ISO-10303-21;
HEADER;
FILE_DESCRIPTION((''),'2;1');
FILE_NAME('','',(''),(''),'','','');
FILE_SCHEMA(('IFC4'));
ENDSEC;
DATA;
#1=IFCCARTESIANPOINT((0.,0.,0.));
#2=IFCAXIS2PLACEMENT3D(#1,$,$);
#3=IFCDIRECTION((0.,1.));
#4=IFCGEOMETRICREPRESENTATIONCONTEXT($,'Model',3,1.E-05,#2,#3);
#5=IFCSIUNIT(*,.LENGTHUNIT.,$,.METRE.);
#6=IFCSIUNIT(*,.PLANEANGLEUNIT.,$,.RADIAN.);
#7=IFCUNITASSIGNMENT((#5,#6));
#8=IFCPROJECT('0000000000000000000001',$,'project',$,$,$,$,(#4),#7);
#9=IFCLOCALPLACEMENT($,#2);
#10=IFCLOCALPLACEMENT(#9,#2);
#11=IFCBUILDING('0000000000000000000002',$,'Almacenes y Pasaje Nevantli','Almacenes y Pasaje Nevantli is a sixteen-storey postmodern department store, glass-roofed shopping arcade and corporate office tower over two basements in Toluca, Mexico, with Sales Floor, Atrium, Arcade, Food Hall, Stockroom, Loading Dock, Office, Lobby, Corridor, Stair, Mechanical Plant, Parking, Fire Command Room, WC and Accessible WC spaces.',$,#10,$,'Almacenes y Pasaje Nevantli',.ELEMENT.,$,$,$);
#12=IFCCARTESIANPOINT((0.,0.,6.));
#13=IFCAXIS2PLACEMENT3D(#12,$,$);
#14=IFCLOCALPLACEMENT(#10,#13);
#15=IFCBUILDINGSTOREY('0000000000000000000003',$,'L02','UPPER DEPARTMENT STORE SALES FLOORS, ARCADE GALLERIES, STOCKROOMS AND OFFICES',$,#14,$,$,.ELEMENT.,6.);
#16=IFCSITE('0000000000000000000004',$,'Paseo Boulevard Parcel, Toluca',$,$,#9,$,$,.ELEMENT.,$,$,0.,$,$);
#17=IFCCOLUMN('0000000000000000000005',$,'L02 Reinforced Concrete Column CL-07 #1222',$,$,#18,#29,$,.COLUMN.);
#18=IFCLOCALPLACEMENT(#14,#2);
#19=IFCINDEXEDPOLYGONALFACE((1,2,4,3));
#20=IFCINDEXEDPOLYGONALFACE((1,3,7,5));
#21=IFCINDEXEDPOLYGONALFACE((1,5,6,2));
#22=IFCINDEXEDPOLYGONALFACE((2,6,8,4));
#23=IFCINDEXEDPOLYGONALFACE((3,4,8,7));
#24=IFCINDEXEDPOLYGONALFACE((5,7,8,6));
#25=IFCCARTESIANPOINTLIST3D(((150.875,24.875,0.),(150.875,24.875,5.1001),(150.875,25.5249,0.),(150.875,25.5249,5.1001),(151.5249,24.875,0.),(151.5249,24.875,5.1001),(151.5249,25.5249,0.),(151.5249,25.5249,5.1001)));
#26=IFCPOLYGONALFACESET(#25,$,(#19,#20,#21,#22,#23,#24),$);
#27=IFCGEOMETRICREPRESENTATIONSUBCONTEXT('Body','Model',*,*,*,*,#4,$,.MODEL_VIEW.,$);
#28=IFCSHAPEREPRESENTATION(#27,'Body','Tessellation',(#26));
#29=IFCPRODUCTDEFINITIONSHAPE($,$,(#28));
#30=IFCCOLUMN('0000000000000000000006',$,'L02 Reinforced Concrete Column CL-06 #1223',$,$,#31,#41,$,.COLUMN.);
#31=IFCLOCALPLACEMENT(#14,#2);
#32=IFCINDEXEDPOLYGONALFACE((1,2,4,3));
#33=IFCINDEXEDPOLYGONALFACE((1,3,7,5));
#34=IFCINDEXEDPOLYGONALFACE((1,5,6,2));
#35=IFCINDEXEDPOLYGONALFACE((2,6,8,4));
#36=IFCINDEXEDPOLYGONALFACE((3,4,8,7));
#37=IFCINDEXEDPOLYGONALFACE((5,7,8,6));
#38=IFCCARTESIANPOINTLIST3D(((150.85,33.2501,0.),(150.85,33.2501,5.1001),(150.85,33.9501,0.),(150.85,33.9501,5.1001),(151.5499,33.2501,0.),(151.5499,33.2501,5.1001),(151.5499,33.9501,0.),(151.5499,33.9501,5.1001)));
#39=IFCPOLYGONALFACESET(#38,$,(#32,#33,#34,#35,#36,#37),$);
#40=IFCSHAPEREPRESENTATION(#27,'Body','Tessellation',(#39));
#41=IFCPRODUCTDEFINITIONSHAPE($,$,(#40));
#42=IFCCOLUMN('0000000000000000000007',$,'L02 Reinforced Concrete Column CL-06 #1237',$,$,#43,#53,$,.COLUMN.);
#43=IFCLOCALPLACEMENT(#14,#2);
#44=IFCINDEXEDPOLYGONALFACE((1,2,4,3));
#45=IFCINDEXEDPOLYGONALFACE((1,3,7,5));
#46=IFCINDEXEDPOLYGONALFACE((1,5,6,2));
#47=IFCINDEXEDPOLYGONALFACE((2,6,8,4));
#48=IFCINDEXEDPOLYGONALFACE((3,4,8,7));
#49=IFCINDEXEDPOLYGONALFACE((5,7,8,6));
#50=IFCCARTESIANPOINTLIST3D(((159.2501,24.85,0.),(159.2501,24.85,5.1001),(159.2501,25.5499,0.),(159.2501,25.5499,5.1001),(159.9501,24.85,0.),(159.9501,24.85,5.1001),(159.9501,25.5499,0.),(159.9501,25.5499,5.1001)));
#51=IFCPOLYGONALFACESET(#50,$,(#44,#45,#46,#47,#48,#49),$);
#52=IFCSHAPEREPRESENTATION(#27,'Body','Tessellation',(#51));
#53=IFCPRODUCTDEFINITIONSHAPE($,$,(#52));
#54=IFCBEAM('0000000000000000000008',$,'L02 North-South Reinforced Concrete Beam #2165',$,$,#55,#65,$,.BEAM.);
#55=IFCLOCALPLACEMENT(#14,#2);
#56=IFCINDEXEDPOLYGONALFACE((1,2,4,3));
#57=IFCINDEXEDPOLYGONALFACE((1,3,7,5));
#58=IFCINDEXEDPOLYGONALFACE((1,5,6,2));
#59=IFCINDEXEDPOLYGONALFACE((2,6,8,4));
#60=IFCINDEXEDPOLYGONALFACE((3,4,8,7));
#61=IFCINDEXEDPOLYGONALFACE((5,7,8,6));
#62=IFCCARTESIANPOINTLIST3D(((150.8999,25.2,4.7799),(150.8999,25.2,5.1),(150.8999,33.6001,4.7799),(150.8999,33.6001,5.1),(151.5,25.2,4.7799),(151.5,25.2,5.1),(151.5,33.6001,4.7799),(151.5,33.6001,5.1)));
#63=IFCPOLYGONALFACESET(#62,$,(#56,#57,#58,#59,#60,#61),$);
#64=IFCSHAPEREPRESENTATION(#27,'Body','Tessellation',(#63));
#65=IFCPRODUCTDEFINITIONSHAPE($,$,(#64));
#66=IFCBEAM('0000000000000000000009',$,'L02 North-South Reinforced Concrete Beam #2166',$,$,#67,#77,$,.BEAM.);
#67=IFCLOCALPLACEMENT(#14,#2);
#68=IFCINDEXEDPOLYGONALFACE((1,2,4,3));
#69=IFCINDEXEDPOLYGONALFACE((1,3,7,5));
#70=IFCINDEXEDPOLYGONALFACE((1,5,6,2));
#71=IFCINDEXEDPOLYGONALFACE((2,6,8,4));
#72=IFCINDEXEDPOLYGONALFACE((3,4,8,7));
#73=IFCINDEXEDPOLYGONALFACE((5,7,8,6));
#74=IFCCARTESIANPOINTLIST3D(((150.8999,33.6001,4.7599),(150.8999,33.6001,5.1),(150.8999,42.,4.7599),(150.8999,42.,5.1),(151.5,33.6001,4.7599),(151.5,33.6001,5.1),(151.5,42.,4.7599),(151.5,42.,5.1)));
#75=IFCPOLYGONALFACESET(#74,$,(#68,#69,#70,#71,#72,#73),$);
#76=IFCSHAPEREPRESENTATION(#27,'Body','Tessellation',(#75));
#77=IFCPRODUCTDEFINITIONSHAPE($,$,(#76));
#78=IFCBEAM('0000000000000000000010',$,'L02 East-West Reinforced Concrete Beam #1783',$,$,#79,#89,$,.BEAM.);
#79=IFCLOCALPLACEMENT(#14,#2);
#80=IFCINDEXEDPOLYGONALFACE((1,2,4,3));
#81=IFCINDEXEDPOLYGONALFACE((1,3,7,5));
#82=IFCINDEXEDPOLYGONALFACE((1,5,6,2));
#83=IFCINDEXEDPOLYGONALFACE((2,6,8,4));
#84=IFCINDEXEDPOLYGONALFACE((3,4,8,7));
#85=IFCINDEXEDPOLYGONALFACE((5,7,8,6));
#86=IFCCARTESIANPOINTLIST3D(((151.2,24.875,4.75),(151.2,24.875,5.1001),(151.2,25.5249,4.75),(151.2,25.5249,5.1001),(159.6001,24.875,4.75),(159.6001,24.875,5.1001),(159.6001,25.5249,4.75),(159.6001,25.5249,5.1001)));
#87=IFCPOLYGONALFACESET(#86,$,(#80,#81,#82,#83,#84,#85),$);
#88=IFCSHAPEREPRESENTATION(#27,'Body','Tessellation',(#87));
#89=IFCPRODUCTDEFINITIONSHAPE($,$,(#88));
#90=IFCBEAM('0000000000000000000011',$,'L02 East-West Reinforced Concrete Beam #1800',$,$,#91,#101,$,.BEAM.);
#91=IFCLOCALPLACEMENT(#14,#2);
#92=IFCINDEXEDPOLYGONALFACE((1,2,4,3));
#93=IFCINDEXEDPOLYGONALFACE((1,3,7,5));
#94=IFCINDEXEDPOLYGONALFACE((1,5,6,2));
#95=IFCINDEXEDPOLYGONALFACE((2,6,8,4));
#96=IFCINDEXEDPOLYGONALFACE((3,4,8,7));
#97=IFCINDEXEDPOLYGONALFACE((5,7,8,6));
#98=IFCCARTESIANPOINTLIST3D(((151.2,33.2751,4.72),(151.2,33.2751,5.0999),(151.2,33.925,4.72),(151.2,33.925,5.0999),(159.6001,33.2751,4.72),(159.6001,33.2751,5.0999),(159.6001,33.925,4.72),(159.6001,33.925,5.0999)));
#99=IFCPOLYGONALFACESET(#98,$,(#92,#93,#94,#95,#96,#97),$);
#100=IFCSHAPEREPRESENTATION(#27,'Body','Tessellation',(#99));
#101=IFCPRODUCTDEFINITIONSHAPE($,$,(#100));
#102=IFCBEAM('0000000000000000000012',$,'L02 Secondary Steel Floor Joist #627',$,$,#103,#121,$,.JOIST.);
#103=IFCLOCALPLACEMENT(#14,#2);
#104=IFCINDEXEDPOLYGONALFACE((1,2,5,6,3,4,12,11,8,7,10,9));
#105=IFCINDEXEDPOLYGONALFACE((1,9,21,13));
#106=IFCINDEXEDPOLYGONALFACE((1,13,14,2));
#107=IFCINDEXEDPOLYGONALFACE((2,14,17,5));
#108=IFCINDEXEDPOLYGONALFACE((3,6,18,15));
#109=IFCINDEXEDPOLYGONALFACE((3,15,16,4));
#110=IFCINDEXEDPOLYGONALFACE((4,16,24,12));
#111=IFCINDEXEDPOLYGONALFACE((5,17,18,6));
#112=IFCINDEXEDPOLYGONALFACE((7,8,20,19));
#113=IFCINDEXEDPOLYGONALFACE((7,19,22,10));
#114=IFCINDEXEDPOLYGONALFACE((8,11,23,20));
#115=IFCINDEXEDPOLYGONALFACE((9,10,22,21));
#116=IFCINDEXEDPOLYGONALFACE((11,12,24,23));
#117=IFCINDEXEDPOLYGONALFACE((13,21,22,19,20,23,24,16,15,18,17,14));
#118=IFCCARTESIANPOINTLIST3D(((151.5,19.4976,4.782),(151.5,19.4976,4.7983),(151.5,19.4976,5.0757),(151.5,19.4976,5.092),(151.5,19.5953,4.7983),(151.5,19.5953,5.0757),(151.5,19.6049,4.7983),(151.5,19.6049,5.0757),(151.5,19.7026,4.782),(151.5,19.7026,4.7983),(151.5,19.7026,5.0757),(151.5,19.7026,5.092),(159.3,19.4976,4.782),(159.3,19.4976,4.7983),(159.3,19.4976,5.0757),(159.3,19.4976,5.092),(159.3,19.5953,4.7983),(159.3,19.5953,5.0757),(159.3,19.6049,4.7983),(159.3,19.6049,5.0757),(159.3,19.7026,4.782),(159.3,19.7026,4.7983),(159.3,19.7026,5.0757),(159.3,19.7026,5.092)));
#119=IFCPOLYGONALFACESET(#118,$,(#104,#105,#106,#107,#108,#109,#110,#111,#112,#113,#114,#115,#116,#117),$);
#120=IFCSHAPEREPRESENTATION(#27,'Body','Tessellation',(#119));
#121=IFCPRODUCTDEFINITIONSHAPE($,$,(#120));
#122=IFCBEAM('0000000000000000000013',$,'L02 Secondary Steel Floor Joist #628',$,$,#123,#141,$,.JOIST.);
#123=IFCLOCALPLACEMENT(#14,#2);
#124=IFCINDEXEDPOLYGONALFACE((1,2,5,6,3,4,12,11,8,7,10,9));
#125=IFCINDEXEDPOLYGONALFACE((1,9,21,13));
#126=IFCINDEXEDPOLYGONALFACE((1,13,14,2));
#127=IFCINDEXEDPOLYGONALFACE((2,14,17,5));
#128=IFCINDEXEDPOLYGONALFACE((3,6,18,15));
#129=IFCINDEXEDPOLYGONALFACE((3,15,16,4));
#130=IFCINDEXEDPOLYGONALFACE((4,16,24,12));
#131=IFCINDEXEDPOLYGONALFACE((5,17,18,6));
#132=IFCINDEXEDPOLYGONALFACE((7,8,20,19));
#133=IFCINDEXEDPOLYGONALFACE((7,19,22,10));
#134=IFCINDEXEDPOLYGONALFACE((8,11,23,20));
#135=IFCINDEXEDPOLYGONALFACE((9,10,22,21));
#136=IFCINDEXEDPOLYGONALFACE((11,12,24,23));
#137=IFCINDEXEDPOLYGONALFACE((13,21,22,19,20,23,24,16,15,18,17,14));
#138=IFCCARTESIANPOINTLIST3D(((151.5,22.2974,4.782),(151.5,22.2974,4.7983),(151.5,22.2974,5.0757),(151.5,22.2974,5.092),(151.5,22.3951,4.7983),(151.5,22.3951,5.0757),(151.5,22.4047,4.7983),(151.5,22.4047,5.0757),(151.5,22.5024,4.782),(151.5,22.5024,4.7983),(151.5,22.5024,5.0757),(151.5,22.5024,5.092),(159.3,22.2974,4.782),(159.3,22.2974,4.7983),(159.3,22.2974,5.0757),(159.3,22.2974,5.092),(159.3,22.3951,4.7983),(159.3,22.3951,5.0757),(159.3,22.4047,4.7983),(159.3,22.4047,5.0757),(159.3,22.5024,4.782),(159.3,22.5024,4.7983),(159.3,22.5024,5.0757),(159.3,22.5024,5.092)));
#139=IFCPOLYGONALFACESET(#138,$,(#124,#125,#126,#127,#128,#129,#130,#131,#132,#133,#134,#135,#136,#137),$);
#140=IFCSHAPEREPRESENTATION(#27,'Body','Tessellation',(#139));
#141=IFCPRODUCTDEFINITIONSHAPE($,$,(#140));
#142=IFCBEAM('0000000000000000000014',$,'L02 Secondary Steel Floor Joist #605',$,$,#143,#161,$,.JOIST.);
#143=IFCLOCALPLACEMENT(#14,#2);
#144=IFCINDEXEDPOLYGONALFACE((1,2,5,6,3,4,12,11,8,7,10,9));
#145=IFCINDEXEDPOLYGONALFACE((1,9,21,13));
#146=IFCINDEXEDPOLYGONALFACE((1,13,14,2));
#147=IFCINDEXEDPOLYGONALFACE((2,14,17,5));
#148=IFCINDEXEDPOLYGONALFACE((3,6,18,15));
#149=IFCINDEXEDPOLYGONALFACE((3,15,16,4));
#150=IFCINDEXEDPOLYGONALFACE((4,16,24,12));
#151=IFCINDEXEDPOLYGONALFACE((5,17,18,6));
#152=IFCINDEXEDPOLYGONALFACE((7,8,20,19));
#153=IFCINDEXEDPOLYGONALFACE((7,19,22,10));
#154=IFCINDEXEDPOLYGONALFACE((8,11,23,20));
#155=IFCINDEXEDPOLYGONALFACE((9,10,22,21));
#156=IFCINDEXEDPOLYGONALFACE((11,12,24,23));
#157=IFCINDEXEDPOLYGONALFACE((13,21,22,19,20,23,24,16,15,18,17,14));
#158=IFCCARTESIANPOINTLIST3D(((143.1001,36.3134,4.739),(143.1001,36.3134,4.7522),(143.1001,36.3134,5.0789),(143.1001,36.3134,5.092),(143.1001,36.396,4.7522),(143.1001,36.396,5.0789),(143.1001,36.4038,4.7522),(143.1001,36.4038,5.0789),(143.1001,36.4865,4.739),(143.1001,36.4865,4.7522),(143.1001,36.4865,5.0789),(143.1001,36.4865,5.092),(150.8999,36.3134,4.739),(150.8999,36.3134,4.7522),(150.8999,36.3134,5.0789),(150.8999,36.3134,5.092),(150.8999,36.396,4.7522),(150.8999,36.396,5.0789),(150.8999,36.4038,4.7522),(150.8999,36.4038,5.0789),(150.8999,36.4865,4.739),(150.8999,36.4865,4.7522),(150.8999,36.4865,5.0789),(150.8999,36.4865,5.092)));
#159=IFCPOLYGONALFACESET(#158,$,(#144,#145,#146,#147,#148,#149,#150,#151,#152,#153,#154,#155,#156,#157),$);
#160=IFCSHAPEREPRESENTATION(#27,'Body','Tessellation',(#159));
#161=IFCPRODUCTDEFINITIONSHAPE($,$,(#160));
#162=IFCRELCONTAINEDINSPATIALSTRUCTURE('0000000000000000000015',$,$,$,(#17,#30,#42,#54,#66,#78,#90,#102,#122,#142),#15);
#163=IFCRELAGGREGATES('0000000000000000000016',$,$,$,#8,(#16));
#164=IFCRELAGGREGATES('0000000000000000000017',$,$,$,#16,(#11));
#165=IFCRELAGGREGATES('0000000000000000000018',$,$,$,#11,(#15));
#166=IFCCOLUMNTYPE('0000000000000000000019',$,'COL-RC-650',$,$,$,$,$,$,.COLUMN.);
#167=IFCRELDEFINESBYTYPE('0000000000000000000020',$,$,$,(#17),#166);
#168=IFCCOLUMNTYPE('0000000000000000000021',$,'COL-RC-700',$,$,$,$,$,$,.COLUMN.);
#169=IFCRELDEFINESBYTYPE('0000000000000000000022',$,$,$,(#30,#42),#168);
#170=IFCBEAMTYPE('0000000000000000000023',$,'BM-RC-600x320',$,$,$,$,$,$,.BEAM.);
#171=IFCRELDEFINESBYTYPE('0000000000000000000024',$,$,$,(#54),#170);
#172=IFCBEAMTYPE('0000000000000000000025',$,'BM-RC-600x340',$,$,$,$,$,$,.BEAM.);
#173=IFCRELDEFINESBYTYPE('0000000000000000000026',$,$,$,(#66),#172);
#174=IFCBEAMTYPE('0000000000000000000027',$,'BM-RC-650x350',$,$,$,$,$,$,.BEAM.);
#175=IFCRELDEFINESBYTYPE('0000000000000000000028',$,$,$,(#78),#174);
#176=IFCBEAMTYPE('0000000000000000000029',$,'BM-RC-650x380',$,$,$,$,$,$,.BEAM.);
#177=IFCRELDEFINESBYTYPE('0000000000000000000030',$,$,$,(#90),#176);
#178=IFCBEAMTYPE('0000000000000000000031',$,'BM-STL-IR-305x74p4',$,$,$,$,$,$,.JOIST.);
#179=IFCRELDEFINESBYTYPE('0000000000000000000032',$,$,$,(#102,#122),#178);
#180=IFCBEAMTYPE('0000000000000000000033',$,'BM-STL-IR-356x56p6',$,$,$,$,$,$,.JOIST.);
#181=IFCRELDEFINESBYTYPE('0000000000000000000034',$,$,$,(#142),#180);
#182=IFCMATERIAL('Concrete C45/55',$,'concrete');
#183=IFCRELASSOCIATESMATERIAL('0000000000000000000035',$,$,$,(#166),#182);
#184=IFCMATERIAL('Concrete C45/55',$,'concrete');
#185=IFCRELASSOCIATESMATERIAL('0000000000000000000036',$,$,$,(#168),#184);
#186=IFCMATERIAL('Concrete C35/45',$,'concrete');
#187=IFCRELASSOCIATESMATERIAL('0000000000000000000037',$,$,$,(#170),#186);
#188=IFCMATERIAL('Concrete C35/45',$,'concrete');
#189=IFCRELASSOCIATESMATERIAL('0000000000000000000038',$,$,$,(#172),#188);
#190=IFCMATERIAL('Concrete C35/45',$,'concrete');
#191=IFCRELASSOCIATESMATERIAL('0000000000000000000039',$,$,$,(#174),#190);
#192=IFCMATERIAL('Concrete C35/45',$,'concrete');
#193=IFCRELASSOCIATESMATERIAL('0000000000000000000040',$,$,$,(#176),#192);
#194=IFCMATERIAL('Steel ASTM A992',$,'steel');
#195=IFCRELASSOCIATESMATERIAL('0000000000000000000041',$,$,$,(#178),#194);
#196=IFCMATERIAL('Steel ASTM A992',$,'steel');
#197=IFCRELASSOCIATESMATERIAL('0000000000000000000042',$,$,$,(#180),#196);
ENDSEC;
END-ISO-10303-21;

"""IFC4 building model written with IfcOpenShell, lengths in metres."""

from ifc_helpers import new_model, si_unit, direction, frame, origin, origin_2d, place, context, subcontext, project, spatial, rectangle, i_section, extrude, material, material_profile, profile_set, type_object, element, save


model = new_model("IFC4")

# Units and contexts
model_context = context("Model", 3, precision=1e-05, world=origin(), true_north=direction((0.0, 1.0)))
body_context = subcontext(model_context, "Body", "Model", "MODEL_VIEW")
ifc_project = project(units=[si_unit("LENGTHUNIT", "METRE"), si_unit("PLANEANGLEUNIT", "RADIAN")], contexts=[model_context])

# Site, building, storey
site_placement = place(None, origin())
site = spatial("IfcSite", under=ifc_project, at=site_placement, Name="Paseo Boulevard Parcel, Toluca", CompositionType="ELEMENT", RefElevation=0.0)
building_placement = place(site_placement, origin())
building = spatial("IfcBuilding", under=site, at=building_placement, Name="Almacenes y Pasaje Nevantli", Description="Almacenes y Pasaje Nevantli is a sixteen-storey postmodern department store, glass-roofed shopping arcade and corporate office tower over two basements in Toluca, Mexico, with Sales Floor, Atrium, Arcade, Food Hall, Stockroom, Loading Dock, Office, Lobby, Corridor, Stair, Mechanical Plant, Parking, Fire Command Room, WC and Accessible WC spaces.", LongName="Almacenes y Pasaje Nevantli", CompositionType="ELEMENT")
storey_placement = place(building_placement, frame((0.0, 0.0, 6.0)))
storey = spatial("IfcBuildingStorey", under=building, at=storey_placement, Name="L02", Description="UPPER DEPARTMENT STORE SALES FLOORS, ARCADE GALLERIES, STOCKROOMS AND OFFICES", CompositionType="ELEMENT", Elevation=6.0)

# Columns
ifc_material_1 = material(Name="Concrete C45/55", Category="concrete")
ifc_material_profile_1 = material_profile(ifc_material_1, rectangle(XDim=0.6499, YDim=0.6499, at=origin_2d()), Name="RC-COL-650x650")
ifc_profile_set_1 = profile_set([ifc_material_profile_1], Name="Concrete C45/55")
column_type_1 = type_object("IfcColumnType", Name="COL-RC-650", PredefinedType="COLUMN", material=ifc_profile_set_1)
column_placement = place(storey_placement, frame((151.2, 25.2, 0.0), z_axis=(0.0, 0.0, 1.0), x_axis=(1.0, 0.0, 0.0)))
element("IfcColumn", 1, at=column_placement, inside=storey, type_object=column_type_1, Name="L02 Reinforced Concrete Column CL-07 #1222", PredefinedType="COLUMN", context=body_context, shape_type="SweptSolid", body=[
    extrude(rectangle(XDim=0.6499, YDim=0.6499, at=origin_2d()), origin(), (0.0, 0.0, 1.0), 5.1001),
])
ifc_material_2 = material(Name="Concrete C45/55", Category="concrete")
ifc_material_profile_2 = material_profile(ifc_material_2, rectangle(XDim=0.7, YDim=0.7, at=origin_2d()), Name="RC-COL-700x700")
ifc_profile_set_2 = profile_set([ifc_material_profile_2], Name="Concrete C45/55")
column_type_2 = type_object("IfcColumnType", Name="COL-RC-700", PredefinedType="COLUMN", material=ifc_profile_set_2)
for number, where, z_axis, x_axis, name in (
    (2, (151.2, 33.6001, 0.0), (0.0, 0.0, 1.0), (1.0, 0.0, 0.0), "L02 Reinforced Concrete Column CL-06 #1223"),
    (3, (159.6001, 25.2, 0.0), (0.0, 0.0, 1.0), (1.0, 0.0, 0.0), "L02 Reinforced Concrete Column CL-06 #1237"),
):
    element("IfcColumn", number, at=place(storey_placement, frame(where, z_axis=z_axis, x_axis=x_axis)), inside=storey, type_object=column_type_2, Name=name, PredefinedType="COLUMN", context=body_context, shape_type="SweptSolid", body=[
        extrude(rectangle(XDim=0.7, YDim=0.7, at=origin_2d()), origin(), (0.0, 0.0, 1.0), 5.1001),
    ])

# Beams
ifc_material_3 = material(Name="Concrete C35/45", Category="concrete")
ifc_material_profile_3 = material_profile(ifc_material_3, rectangle(XDim=0.6001, YDim=0.3201, at=origin_2d()), Name="RC-BM-600x320")
ifc_profile_set_3 = profile_set([ifc_material_profile_3], Name="Concrete C35/45")
beam_type_1 = type_object("IfcBeamType", Name="BM-RC-600x320", PredefinedType="BEAM", material=ifc_profile_set_3)
beam_1_placement = place(storey_placement, frame((151.2, 25.2, 4.9399), z_axis=(0.0, 1.0, 0.0), x_axis=(-1.0, 0.0, 0.0)))
element("IfcBeam", 4, at=beam_1_placement, inside=storey, type_object=beam_type_1, Name="L02 North-South Reinforced Concrete Beam #2165", PredefinedType="BEAM", context=body_context, shape_type="SweptSolid", body=[
    extrude(rectangle(XDim=0.6001, YDim=0.3201, at=origin_2d()), origin(), (0.0, 0.0, 1.0), 8.4001),
])
ifc_material_4 = material(Name="Concrete C35/45", Category="concrete")
ifc_material_profile_4 = material_profile(ifc_material_4, rectangle(XDim=0.6001, YDim=0.3401, at=origin_2d()), Name="RC-BM-600x340")
ifc_profile_set_4 = profile_set([ifc_material_profile_4], Name="Concrete C35/45")
beam_type_2 = type_object("IfcBeamType", Name="BM-RC-600x340", PredefinedType="BEAM", material=ifc_profile_set_4)
beam_2_placement = place(storey_placement, frame((151.2, 33.6001, 4.9299), z_axis=(0.0, 1.0, 0.0), x_axis=(-1.0, 0.0, 0.0)))
element("IfcBeam", 5, at=beam_2_placement, inside=storey, type_object=beam_type_2, Name="L02 North-South Reinforced Concrete Beam #2166", PredefinedType="BEAM", context=body_context, shape_type="SweptSolid", body=[
    extrude(rectangle(XDim=0.6001, YDim=0.3401, at=origin_2d()), origin(), (0.0, 0.0, 1.0), 8.3999),
])
ifc_material_5 = material(Name="Concrete C35/45", Category="concrete")
ifc_material_profile_5 = material_profile(ifc_material_5, rectangle(XDim=0.6499, YDim=0.3501, at=origin_2d()), Name="RC-BM-650x350")
ifc_profile_set_5 = profile_set([ifc_material_profile_5], Name="Concrete C35/45")
beam_type_3 = type_object("IfcBeamType", Name="BM-RC-650x350", PredefinedType="BEAM", material=ifc_profile_set_5)
beam_3_placement = place(storey_placement, frame((151.2, 25.2, 4.925), z_axis=(1.0, 0.0, 0.0), x_axis=(0.0, 1.0, 0.0)))
element("IfcBeam", 6, at=beam_3_placement, inside=storey, type_object=beam_type_3, Name="L02 East-West Reinforced Concrete Beam #1783", PredefinedType="BEAM", context=body_context, shape_type="SweptSolid", body=[
    extrude(rectangle(XDim=0.6499, YDim=0.3501, at=origin_2d()), origin(), (0.0, 0.0, 1.0), 8.4001),
])
ifc_material_6 = material(Name="Concrete C35/45", Category="concrete")
ifc_material_profile_6 = material_profile(ifc_material_6, rectangle(XDim=0.6499, YDim=0.3799, at=origin_2d()), Name="RC-BM-650x380")
ifc_profile_set_6 = profile_set([ifc_material_profile_6], Name="Concrete C35/45")
beam_type_4 = type_object("IfcBeamType", Name="BM-RC-650x380", PredefinedType="BEAM", material=ifc_profile_set_6)
beam_4_placement = place(storey_placement, frame((151.2, 33.6001, 4.9099), z_axis=(1.0, 0.0, 0.0), x_axis=(0.0, 1.0, 0.0)))
element("IfcBeam", 7, at=beam_4_placement, inside=storey, type_object=beam_type_4, Name="L02 East-West Reinforced Concrete Beam #1800", PredefinedType="BEAM", context=body_context, shape_type="SweptSolid", body=[
    extrude(rectangle(XDim=0.6499, YDim=0.3799, at=origin_2d()), origin(), (0.0, 0.0, 1.0), 8.4001),
])
ifc_material_7 = material(Name="Steel ASTM A992", Category="steel")
ifc_material_profile_7 = material_profile(ifc_material_7, i_section(OverallWidth=0.2051, OverallDepth=0.3101, WebThickness=0.0095, FlangeThickness=0.0164, at=origin_2d()), Name="IR 305x74.4")
ifc_profile_set_7 = profile_set([ifc_material_profile_7], Name="Steel ASTM A992")
beam_type_5 = type_object("IfcBeamType", Name="BM-STL-IR-305x74p4", PredefinedType="JOIST", material=ifc_profile_set_7)
for number, where, z_axis, x_axis, name in (
    (8, (151.5, 19.6001, 4.937), (1.0, 0.0, 0.0), (0.0, 1.0, 0.0), "L02 Secondary Steel Floor Joist #627"),
    (9, (151.5, 22.3999, 4.937), (1.0, 0.0, 0.0), (0.0, 1.0, 0.0), "L02 Secondary Steel Floor Joist #628"),
):
    element("IfcBeam", number, at=place(storey_placement, frame(where, z_axis=z_axis, x_axis=x_axis)), inside=storey, type_object=beam_type_5, Name=name, PredefinedType="JOIST", context=body_context, shape_type="SweptSolid", body=[
        extrude(i_section(OverallWidth=0.2051, OverallDepth=0.3101, WebThickness=0.0095, FlangeThickness=0.0164, at=origin_2d()), origin(), (0.0, 0.0, 1.0), 7.8),
    ])
ifc_material_8 = material(Name="Steel ASTM A992", Category="steel")
ifc_material_profile_8 = material_profile(ifc_material_8, i_section(OverallWidth=0.1731, OverallDepth=0.353, WebThickness=0.0078, FlangeThickness=0.0132, at=origin_2d()), Name="IR 356x56.6")
ifc_profile_set_8 = profile_set([ifc_material_profile_8], Name="Steel ASTM A992")
beam_type_6 = type_object("IfcBeamType", Name="BM-STL-IR-356x56p6", PredefinedType="JOIST", material=ifc_profile_set_8)
beam_5_placement = place(storey_placement, frame((143.1001, 36.3999, 4.9155), z_axis=(1.0, 0.0, 0.0), x_axis=(0.0, 1.0, 0.0)))
element("IfcBeam", 10, at=beam_5_placement, inside=storey, type_object=beam_type_6, Name="L02 Secondary Steel Floor Joist #605", PredefinedType="JOIST", context=body_context, shape_type="SweptSolid", body=[
    extrude(i_section(OverallWidth=0.1731, OverallDepth=0.353, WebThickness=0.0078, FlangeThickness=0.0132, at=origin_2d()), origin(), (0.0, 0.0, 1.0), 7.7998),
])

save(model, "model.ifc")
